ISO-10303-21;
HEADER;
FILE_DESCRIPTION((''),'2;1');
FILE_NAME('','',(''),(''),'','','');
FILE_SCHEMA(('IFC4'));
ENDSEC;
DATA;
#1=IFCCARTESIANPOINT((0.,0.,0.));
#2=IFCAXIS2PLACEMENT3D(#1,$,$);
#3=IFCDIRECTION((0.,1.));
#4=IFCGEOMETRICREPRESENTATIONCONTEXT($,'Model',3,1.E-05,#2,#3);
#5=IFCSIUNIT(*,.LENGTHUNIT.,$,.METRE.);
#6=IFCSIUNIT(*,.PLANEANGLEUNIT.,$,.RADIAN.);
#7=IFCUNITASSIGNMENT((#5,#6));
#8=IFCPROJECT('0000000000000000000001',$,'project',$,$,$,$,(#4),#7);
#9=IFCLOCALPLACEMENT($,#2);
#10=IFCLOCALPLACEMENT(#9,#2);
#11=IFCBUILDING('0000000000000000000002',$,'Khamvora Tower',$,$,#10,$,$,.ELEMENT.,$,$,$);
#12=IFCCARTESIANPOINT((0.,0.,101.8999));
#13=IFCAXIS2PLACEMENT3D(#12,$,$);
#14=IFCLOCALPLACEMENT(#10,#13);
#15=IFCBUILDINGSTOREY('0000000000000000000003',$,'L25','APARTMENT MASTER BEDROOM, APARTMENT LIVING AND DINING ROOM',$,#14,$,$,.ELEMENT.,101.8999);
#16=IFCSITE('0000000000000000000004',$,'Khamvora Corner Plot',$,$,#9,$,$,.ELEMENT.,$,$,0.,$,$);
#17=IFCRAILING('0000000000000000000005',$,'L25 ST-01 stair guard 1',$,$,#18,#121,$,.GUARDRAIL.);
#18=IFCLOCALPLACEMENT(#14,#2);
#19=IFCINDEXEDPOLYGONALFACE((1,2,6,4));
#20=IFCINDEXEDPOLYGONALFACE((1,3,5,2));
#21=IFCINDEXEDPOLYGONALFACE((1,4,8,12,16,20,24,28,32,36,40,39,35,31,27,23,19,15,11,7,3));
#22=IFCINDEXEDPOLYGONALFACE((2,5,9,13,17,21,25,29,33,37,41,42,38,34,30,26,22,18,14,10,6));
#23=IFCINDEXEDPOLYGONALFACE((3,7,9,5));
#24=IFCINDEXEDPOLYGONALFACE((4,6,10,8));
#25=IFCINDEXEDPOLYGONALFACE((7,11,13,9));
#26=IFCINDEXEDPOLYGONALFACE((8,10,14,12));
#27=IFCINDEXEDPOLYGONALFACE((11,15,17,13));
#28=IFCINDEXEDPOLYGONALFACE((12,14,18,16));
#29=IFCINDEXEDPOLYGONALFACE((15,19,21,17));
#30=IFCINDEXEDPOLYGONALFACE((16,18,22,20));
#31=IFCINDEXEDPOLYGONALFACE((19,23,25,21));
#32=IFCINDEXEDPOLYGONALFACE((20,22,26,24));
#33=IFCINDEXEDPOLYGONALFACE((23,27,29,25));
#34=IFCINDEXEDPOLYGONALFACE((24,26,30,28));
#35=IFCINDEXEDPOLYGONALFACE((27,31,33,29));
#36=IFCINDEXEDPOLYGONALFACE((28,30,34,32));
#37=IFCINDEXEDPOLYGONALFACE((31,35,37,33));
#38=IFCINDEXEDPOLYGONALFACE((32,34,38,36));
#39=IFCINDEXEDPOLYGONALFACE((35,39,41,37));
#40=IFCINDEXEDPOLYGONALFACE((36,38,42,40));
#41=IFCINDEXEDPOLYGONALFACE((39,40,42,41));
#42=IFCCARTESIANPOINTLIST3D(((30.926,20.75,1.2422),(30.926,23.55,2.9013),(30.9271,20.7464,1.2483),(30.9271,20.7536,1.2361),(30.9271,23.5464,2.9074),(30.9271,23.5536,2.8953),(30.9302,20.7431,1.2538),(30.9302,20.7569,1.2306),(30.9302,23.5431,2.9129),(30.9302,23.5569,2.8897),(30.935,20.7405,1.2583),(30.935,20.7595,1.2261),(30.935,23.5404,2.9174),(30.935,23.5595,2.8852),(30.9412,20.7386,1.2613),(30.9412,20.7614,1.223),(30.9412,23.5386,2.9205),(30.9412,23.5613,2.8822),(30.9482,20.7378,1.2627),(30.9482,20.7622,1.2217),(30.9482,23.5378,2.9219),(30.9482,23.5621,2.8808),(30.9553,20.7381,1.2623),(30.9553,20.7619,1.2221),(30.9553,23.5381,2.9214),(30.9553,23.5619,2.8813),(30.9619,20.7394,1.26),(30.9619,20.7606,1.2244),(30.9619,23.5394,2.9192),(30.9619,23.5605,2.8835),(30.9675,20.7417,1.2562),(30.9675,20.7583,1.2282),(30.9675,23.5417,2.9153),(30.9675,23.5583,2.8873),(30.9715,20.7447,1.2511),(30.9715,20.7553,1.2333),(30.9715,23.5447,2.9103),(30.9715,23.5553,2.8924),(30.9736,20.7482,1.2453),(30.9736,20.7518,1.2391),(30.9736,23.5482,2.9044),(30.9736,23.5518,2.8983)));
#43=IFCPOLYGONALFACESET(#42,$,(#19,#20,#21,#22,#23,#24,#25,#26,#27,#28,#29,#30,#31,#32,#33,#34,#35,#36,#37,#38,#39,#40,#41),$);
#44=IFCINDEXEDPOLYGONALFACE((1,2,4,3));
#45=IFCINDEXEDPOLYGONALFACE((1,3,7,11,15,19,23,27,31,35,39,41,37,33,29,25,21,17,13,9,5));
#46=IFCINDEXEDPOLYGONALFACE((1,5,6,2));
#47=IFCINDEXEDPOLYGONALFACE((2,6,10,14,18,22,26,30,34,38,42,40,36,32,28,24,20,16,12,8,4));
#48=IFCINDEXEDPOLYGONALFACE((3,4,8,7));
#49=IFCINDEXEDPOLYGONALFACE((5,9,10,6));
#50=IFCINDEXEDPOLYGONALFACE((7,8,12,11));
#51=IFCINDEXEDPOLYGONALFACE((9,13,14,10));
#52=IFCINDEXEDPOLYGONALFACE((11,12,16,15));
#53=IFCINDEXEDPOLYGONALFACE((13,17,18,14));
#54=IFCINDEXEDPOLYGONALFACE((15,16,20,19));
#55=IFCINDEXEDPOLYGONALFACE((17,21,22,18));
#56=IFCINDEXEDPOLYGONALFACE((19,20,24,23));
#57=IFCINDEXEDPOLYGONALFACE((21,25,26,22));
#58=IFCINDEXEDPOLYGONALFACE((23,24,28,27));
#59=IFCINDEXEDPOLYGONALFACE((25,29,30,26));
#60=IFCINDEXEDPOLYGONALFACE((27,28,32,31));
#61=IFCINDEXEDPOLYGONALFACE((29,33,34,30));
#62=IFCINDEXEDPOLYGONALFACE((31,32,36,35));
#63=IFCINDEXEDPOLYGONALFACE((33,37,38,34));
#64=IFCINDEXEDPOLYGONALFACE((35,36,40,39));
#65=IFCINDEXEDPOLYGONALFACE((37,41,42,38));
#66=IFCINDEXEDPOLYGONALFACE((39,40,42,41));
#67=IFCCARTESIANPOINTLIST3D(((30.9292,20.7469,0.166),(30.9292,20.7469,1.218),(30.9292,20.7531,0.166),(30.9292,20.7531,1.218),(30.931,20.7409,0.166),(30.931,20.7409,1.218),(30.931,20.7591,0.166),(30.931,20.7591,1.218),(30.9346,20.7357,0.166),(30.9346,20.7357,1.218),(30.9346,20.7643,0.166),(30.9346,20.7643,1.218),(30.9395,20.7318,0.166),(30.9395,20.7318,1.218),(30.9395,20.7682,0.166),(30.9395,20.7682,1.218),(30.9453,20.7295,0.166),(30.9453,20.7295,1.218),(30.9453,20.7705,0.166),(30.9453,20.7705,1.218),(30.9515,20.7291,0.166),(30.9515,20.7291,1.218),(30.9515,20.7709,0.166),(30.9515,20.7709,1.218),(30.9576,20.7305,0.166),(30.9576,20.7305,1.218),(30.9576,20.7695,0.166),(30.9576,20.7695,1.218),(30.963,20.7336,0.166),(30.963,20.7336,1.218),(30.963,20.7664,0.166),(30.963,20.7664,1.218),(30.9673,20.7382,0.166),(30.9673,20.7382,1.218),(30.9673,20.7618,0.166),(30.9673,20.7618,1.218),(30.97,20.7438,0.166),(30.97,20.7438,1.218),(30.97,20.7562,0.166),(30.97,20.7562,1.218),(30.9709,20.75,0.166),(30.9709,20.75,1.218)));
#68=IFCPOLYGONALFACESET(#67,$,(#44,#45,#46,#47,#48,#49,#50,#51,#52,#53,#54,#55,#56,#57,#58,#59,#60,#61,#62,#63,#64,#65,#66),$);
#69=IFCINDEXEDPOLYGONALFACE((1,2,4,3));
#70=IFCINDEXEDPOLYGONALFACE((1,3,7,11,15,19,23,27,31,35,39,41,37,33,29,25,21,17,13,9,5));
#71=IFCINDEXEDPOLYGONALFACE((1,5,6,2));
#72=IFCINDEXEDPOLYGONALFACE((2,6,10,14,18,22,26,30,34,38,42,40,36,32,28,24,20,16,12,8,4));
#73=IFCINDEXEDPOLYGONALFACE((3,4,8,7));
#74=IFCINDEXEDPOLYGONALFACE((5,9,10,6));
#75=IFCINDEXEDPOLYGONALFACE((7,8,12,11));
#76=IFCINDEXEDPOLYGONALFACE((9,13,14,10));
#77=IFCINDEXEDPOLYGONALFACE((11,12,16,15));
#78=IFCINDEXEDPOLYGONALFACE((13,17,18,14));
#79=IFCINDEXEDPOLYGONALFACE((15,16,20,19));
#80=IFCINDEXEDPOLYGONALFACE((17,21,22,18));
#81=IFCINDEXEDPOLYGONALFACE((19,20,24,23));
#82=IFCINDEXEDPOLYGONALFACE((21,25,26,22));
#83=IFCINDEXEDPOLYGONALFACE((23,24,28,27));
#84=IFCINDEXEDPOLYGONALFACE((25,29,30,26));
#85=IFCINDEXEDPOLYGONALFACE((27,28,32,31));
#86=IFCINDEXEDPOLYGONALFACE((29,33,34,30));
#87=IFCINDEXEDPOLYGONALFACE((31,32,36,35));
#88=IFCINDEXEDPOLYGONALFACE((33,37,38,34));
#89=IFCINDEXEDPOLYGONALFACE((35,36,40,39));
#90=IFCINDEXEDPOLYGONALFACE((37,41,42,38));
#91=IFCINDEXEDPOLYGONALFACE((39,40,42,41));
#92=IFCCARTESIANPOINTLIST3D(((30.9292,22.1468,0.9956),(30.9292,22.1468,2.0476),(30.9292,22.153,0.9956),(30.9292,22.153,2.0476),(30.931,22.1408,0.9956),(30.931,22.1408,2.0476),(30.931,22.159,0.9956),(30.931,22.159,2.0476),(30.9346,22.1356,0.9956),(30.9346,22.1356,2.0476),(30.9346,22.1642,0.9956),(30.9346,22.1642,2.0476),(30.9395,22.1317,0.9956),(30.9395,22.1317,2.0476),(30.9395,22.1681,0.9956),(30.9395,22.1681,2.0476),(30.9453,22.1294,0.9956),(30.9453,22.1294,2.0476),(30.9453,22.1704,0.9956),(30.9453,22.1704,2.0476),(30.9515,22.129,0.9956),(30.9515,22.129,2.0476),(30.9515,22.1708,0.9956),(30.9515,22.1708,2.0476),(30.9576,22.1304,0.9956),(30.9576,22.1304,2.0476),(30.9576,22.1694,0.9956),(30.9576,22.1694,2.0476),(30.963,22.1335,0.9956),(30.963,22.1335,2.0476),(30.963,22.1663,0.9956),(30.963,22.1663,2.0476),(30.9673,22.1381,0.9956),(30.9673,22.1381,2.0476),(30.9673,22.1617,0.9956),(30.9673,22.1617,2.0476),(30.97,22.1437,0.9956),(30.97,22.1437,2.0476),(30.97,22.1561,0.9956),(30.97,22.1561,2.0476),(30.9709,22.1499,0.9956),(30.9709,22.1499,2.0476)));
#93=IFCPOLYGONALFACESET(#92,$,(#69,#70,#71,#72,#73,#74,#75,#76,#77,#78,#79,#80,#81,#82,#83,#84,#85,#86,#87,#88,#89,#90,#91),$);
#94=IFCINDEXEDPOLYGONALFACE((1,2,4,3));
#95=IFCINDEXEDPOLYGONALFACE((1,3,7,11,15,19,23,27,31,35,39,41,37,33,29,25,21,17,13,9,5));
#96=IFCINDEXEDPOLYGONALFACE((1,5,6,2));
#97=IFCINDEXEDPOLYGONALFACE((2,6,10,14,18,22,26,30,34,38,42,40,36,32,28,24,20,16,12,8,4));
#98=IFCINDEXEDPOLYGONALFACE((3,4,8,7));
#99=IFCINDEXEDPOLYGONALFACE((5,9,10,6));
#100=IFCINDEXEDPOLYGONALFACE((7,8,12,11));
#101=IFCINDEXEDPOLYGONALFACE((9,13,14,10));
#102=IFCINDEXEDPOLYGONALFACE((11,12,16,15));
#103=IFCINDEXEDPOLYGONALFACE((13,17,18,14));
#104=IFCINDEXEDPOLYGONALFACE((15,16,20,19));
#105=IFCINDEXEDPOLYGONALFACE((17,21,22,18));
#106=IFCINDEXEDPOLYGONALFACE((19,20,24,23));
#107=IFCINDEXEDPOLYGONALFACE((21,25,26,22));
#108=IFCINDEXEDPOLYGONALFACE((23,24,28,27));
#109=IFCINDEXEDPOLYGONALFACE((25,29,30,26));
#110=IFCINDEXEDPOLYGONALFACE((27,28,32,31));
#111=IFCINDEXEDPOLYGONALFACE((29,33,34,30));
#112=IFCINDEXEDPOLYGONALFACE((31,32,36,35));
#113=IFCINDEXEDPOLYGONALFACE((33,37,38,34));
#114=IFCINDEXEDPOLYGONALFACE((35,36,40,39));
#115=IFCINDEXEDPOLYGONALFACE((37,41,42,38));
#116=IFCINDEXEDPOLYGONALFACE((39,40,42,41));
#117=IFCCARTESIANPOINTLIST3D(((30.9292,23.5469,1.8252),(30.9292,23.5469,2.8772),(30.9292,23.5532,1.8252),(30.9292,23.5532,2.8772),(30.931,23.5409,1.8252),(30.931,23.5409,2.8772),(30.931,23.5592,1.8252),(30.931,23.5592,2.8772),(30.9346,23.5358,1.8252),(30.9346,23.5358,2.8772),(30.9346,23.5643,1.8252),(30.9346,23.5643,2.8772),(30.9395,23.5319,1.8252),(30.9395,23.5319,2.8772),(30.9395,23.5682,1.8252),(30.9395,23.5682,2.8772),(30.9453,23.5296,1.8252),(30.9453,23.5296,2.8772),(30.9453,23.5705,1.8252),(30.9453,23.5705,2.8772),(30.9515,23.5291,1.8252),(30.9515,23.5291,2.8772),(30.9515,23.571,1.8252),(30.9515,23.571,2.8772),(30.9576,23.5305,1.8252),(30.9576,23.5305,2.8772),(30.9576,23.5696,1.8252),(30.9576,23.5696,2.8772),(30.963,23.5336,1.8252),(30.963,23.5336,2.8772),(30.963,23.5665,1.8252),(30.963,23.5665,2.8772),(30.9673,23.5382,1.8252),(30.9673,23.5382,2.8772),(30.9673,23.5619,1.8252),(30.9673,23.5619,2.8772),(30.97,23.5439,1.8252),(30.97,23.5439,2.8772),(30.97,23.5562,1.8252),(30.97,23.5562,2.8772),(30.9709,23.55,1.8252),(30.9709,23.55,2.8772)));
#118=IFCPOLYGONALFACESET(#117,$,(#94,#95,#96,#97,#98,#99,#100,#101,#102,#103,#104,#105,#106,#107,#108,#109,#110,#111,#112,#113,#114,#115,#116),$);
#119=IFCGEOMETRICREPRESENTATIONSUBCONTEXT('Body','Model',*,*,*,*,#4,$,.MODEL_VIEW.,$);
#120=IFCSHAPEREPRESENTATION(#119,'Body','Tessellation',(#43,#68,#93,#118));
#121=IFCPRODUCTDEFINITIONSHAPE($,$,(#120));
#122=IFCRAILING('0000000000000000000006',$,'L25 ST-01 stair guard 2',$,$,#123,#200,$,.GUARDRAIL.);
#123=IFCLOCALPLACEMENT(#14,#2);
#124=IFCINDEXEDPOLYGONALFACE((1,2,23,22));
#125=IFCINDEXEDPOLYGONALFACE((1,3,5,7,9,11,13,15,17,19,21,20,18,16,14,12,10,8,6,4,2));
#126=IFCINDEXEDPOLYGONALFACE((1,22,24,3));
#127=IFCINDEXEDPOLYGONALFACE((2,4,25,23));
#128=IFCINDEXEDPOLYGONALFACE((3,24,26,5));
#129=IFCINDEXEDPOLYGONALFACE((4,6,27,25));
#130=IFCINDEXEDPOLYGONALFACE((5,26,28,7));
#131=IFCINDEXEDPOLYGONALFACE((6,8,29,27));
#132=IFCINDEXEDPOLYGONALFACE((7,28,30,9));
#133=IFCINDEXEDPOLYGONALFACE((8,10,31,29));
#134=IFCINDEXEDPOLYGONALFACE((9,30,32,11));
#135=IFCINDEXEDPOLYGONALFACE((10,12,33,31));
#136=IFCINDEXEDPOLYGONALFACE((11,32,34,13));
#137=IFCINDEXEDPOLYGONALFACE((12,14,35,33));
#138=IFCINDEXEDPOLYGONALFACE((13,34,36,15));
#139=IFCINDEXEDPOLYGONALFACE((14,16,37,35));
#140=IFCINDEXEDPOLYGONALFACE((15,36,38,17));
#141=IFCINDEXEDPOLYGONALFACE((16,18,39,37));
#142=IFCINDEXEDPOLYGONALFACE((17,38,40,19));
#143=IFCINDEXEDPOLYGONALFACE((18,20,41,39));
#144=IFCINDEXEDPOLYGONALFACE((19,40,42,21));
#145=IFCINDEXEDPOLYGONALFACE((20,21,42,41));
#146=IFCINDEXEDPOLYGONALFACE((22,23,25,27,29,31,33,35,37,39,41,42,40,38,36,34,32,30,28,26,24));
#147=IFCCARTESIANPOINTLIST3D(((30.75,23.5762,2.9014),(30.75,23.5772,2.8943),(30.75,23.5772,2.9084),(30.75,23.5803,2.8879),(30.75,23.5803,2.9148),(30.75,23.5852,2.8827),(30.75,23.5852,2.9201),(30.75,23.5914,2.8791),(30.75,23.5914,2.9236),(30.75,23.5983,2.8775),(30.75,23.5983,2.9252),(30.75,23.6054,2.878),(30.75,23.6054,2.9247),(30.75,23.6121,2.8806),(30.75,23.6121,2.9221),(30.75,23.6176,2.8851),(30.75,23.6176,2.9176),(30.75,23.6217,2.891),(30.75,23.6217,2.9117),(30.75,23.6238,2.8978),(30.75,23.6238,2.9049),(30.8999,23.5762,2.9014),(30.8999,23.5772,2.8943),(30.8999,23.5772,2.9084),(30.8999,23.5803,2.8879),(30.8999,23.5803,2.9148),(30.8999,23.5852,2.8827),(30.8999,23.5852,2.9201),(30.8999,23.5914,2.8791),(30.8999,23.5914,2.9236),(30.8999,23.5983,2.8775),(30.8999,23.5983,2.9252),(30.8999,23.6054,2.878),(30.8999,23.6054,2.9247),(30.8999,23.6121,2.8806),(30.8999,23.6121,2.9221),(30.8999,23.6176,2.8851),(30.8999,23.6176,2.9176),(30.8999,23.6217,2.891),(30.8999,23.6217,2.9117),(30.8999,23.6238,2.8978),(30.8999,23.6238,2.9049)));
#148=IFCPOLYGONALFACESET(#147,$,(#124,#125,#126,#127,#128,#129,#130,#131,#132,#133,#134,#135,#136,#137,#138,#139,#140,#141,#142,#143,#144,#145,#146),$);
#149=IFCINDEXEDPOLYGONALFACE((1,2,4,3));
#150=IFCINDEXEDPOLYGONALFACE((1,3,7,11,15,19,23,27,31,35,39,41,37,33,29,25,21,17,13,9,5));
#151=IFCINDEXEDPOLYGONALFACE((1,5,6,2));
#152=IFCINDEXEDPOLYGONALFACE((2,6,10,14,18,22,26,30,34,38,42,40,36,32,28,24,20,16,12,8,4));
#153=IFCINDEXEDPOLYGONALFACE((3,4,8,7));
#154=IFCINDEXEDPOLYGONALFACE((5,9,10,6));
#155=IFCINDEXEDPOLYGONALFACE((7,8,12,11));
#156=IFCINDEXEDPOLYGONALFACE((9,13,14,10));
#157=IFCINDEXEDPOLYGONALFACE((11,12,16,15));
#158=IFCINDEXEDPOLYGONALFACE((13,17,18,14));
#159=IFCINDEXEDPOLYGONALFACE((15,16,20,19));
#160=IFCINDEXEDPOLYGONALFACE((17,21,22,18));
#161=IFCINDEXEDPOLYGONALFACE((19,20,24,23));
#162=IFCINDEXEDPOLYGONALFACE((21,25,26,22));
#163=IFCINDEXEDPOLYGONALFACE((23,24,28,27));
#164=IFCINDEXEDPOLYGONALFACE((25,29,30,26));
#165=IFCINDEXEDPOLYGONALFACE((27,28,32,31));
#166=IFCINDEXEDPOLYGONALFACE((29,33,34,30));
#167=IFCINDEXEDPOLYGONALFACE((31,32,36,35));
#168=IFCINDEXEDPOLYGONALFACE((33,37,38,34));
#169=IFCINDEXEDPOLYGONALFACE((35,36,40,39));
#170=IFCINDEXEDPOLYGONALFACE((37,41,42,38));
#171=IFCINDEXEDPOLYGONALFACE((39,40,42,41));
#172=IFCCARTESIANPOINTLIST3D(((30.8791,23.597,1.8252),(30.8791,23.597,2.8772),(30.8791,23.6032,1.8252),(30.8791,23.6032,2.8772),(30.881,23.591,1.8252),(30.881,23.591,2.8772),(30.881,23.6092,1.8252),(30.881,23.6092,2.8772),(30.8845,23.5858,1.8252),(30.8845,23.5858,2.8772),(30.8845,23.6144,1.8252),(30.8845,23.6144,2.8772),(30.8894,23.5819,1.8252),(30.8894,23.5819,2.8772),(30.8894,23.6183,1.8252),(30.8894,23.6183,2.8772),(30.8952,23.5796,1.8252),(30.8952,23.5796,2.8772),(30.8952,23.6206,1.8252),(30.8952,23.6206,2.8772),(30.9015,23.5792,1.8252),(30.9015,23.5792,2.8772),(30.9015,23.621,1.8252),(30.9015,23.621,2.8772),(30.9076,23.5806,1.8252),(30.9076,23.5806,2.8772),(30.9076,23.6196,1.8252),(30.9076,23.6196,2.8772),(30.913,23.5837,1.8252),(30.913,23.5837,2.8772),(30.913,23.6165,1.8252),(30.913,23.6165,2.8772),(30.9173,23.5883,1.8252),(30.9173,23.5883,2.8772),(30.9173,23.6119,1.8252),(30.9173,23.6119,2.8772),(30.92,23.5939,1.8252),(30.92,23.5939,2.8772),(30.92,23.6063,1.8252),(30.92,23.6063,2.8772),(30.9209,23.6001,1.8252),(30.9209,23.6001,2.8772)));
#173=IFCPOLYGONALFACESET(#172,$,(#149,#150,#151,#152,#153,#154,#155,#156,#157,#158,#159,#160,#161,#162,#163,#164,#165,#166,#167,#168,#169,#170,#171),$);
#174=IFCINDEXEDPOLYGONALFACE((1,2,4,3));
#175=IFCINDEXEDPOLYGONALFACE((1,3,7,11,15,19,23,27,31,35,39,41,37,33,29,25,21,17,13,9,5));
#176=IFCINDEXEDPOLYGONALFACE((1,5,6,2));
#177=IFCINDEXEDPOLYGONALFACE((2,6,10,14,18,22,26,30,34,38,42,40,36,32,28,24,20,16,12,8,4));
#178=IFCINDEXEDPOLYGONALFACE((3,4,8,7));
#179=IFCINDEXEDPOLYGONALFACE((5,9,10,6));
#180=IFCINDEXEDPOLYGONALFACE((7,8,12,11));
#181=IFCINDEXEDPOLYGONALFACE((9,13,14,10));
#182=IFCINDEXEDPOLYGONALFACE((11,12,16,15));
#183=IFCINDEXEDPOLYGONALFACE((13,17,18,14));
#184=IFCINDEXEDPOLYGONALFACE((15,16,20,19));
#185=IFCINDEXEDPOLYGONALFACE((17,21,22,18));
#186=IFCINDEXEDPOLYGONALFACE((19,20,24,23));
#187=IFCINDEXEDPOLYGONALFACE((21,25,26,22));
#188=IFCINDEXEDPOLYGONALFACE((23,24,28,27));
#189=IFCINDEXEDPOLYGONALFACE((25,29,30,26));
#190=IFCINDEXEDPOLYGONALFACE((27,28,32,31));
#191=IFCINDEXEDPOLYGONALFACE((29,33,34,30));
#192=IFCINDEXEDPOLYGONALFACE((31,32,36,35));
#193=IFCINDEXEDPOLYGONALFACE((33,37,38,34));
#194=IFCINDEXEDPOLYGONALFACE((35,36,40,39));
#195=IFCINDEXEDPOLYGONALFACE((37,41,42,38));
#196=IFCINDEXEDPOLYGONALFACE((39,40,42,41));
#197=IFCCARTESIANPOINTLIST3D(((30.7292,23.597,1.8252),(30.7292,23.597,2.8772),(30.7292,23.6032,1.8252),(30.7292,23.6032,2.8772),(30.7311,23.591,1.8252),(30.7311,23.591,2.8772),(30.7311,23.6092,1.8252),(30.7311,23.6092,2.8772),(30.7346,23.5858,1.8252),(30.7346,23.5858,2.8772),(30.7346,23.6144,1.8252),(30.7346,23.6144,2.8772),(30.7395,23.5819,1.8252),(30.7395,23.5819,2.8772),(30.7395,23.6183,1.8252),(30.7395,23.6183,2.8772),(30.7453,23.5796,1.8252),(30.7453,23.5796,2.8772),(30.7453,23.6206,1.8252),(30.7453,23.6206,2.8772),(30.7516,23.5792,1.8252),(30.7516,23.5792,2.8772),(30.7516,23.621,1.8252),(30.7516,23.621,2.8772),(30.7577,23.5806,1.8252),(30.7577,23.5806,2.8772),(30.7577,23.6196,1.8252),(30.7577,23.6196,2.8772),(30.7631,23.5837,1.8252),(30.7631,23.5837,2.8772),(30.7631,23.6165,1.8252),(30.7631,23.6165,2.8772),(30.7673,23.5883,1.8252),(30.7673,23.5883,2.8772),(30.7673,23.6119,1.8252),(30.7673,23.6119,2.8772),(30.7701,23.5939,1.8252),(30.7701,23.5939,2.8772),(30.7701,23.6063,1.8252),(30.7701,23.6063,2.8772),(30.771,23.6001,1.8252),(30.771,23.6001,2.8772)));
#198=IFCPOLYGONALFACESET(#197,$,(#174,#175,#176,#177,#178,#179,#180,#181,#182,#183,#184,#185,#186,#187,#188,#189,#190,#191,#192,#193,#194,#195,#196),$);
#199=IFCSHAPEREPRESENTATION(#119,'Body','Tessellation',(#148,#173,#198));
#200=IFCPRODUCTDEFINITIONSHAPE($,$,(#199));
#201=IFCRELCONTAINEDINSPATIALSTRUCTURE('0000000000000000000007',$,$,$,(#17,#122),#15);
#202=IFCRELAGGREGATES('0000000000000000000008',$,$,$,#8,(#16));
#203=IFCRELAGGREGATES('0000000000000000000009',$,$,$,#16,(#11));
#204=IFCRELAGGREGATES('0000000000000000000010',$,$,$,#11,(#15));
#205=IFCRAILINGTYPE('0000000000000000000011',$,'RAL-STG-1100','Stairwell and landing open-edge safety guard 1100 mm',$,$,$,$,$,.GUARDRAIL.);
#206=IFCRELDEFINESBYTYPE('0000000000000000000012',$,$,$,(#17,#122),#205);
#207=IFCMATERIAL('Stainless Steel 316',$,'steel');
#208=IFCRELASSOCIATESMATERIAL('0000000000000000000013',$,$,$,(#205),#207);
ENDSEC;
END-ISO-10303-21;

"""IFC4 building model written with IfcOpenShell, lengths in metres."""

from ifc_helpers import new_model, si_unit, direction, frame, origin, origin_2d, place, context, subcontext, project, spatial, circle, extrude, material, type_object, element, save


model = new_model("IFC4")

# Units and contexts
model_context = context("Model", 3, precision=1e-05, world=origin(), true_north=direction((0.0, 1.0)))
body_context = subcontext(model_context, "Body", "Model", "MODEL_VIEW")
ifc_project = project(units=[si_unit("LENGTHUNIT", "METRE"), si_unit("PLANEANGLEUNIT", "RADIAN")], contexts=[model_context])

# Site, building, storey
site_placement = place(None, origin())
site = spatial("IfcSite", under=ifc_project, at=site_placement, Name="Khamvora Corner Plot", CompositionType="ELEMENT", RefElevation=0.0)
building_placement = place(site_placement, origin())
building = spatial("IfcBuilding", under=site, at=building_placement, Name="Khamvora Tower", CompositionType="ELEMENT")
storey_placement = place(building_placement, frame((0.0, 0.0, 101.8999)))
storey = spatial("IfcBuildingStorey", under=building, at=storey_placement, Name="L25", Description="APARTMENT MASTER BEDROOM, APARTMENT LIVING AND DINING ROOM", CompositionType="ELEMENT", Elevation=101.8999)

# Railings
ifc_material_1 = material(Name="Stainless Steel 316", Category="steel")
railing_type_1 = type_object("IfcRailingType", Name="RAL-STG-1100", Description="Stairwell and landing open-edge safety guard 1100 mm", PredefinedType="GUARDRAIL", material=ifc_material_1)
railing_1_placement = place(storey_placement, frame((30.95, 20.75, 0.166)))
element("IfcRailing", 1, at=railing_1_placement, inside=storey, type_object=railing_type_1, Name="L25 ST-01 stair guard 1", PredefinedType="GUARDRAIL", context=body_context, shape_type="SweptSolid", body=[
    extrude(circle(Radius=0.0239, at=origin_2d()), frame((0.0, 0.0, 1.0762), z_axis=(0.0, 0.860306, 0.509778), x_axis=(-1.0, 0.0, 0.0)), (0.0, 0.0, 1.0), 3.2546),
    extrude(circle(Radius=0.021, at=origin_2d()), origin(), (0.0, 0.0, 1.0), 1.052),
    extrude(circle(Radius=0.021, at=origin_2d()), frame((0.0, 1.3999, 0.8296)), (0.0, 0.0, 1.0), 1.052),
    extrude(circle(Radius=0.021, at=origin_2d()), frame((0.0, 2.8, 1.6592)), (0.0, 0.0, 1.0), 1.052),
])
railing_2_placement = place(storey_placement, frame((30.8999, 23.6001, 1.8252)))
element("IfcRailing", 2, at=railing_2_placement, inside=storey, type_object=railing_type_1, Name="L25 ST-01 stair guard 2", PredefinedType="GUARDRAIL", context=body_context, shape_type="SweptSolid", body=[
    extrude(circle(Radius=0.0239, at=origin_2d()), frame((0.0, 0.0, 1.0762), z_axis=(-1.0, 0.0, 0.0), x_axis=(0.0, -1.0, 0.0)), (0.0, 0.0, 1.0), 0.1499),
    extrude(circle(Radius=0.021, at=origin_2d()), origin(), (0.0, 0.0, 1.0), 1.052),
    extrude(circle(Radius=0.021, at=origin_2d()), frame((-0.1499, 0.0, 0.0)), (0.0, 0.0, 1.0), 1.052),
])

save(model, "model.ifc")
